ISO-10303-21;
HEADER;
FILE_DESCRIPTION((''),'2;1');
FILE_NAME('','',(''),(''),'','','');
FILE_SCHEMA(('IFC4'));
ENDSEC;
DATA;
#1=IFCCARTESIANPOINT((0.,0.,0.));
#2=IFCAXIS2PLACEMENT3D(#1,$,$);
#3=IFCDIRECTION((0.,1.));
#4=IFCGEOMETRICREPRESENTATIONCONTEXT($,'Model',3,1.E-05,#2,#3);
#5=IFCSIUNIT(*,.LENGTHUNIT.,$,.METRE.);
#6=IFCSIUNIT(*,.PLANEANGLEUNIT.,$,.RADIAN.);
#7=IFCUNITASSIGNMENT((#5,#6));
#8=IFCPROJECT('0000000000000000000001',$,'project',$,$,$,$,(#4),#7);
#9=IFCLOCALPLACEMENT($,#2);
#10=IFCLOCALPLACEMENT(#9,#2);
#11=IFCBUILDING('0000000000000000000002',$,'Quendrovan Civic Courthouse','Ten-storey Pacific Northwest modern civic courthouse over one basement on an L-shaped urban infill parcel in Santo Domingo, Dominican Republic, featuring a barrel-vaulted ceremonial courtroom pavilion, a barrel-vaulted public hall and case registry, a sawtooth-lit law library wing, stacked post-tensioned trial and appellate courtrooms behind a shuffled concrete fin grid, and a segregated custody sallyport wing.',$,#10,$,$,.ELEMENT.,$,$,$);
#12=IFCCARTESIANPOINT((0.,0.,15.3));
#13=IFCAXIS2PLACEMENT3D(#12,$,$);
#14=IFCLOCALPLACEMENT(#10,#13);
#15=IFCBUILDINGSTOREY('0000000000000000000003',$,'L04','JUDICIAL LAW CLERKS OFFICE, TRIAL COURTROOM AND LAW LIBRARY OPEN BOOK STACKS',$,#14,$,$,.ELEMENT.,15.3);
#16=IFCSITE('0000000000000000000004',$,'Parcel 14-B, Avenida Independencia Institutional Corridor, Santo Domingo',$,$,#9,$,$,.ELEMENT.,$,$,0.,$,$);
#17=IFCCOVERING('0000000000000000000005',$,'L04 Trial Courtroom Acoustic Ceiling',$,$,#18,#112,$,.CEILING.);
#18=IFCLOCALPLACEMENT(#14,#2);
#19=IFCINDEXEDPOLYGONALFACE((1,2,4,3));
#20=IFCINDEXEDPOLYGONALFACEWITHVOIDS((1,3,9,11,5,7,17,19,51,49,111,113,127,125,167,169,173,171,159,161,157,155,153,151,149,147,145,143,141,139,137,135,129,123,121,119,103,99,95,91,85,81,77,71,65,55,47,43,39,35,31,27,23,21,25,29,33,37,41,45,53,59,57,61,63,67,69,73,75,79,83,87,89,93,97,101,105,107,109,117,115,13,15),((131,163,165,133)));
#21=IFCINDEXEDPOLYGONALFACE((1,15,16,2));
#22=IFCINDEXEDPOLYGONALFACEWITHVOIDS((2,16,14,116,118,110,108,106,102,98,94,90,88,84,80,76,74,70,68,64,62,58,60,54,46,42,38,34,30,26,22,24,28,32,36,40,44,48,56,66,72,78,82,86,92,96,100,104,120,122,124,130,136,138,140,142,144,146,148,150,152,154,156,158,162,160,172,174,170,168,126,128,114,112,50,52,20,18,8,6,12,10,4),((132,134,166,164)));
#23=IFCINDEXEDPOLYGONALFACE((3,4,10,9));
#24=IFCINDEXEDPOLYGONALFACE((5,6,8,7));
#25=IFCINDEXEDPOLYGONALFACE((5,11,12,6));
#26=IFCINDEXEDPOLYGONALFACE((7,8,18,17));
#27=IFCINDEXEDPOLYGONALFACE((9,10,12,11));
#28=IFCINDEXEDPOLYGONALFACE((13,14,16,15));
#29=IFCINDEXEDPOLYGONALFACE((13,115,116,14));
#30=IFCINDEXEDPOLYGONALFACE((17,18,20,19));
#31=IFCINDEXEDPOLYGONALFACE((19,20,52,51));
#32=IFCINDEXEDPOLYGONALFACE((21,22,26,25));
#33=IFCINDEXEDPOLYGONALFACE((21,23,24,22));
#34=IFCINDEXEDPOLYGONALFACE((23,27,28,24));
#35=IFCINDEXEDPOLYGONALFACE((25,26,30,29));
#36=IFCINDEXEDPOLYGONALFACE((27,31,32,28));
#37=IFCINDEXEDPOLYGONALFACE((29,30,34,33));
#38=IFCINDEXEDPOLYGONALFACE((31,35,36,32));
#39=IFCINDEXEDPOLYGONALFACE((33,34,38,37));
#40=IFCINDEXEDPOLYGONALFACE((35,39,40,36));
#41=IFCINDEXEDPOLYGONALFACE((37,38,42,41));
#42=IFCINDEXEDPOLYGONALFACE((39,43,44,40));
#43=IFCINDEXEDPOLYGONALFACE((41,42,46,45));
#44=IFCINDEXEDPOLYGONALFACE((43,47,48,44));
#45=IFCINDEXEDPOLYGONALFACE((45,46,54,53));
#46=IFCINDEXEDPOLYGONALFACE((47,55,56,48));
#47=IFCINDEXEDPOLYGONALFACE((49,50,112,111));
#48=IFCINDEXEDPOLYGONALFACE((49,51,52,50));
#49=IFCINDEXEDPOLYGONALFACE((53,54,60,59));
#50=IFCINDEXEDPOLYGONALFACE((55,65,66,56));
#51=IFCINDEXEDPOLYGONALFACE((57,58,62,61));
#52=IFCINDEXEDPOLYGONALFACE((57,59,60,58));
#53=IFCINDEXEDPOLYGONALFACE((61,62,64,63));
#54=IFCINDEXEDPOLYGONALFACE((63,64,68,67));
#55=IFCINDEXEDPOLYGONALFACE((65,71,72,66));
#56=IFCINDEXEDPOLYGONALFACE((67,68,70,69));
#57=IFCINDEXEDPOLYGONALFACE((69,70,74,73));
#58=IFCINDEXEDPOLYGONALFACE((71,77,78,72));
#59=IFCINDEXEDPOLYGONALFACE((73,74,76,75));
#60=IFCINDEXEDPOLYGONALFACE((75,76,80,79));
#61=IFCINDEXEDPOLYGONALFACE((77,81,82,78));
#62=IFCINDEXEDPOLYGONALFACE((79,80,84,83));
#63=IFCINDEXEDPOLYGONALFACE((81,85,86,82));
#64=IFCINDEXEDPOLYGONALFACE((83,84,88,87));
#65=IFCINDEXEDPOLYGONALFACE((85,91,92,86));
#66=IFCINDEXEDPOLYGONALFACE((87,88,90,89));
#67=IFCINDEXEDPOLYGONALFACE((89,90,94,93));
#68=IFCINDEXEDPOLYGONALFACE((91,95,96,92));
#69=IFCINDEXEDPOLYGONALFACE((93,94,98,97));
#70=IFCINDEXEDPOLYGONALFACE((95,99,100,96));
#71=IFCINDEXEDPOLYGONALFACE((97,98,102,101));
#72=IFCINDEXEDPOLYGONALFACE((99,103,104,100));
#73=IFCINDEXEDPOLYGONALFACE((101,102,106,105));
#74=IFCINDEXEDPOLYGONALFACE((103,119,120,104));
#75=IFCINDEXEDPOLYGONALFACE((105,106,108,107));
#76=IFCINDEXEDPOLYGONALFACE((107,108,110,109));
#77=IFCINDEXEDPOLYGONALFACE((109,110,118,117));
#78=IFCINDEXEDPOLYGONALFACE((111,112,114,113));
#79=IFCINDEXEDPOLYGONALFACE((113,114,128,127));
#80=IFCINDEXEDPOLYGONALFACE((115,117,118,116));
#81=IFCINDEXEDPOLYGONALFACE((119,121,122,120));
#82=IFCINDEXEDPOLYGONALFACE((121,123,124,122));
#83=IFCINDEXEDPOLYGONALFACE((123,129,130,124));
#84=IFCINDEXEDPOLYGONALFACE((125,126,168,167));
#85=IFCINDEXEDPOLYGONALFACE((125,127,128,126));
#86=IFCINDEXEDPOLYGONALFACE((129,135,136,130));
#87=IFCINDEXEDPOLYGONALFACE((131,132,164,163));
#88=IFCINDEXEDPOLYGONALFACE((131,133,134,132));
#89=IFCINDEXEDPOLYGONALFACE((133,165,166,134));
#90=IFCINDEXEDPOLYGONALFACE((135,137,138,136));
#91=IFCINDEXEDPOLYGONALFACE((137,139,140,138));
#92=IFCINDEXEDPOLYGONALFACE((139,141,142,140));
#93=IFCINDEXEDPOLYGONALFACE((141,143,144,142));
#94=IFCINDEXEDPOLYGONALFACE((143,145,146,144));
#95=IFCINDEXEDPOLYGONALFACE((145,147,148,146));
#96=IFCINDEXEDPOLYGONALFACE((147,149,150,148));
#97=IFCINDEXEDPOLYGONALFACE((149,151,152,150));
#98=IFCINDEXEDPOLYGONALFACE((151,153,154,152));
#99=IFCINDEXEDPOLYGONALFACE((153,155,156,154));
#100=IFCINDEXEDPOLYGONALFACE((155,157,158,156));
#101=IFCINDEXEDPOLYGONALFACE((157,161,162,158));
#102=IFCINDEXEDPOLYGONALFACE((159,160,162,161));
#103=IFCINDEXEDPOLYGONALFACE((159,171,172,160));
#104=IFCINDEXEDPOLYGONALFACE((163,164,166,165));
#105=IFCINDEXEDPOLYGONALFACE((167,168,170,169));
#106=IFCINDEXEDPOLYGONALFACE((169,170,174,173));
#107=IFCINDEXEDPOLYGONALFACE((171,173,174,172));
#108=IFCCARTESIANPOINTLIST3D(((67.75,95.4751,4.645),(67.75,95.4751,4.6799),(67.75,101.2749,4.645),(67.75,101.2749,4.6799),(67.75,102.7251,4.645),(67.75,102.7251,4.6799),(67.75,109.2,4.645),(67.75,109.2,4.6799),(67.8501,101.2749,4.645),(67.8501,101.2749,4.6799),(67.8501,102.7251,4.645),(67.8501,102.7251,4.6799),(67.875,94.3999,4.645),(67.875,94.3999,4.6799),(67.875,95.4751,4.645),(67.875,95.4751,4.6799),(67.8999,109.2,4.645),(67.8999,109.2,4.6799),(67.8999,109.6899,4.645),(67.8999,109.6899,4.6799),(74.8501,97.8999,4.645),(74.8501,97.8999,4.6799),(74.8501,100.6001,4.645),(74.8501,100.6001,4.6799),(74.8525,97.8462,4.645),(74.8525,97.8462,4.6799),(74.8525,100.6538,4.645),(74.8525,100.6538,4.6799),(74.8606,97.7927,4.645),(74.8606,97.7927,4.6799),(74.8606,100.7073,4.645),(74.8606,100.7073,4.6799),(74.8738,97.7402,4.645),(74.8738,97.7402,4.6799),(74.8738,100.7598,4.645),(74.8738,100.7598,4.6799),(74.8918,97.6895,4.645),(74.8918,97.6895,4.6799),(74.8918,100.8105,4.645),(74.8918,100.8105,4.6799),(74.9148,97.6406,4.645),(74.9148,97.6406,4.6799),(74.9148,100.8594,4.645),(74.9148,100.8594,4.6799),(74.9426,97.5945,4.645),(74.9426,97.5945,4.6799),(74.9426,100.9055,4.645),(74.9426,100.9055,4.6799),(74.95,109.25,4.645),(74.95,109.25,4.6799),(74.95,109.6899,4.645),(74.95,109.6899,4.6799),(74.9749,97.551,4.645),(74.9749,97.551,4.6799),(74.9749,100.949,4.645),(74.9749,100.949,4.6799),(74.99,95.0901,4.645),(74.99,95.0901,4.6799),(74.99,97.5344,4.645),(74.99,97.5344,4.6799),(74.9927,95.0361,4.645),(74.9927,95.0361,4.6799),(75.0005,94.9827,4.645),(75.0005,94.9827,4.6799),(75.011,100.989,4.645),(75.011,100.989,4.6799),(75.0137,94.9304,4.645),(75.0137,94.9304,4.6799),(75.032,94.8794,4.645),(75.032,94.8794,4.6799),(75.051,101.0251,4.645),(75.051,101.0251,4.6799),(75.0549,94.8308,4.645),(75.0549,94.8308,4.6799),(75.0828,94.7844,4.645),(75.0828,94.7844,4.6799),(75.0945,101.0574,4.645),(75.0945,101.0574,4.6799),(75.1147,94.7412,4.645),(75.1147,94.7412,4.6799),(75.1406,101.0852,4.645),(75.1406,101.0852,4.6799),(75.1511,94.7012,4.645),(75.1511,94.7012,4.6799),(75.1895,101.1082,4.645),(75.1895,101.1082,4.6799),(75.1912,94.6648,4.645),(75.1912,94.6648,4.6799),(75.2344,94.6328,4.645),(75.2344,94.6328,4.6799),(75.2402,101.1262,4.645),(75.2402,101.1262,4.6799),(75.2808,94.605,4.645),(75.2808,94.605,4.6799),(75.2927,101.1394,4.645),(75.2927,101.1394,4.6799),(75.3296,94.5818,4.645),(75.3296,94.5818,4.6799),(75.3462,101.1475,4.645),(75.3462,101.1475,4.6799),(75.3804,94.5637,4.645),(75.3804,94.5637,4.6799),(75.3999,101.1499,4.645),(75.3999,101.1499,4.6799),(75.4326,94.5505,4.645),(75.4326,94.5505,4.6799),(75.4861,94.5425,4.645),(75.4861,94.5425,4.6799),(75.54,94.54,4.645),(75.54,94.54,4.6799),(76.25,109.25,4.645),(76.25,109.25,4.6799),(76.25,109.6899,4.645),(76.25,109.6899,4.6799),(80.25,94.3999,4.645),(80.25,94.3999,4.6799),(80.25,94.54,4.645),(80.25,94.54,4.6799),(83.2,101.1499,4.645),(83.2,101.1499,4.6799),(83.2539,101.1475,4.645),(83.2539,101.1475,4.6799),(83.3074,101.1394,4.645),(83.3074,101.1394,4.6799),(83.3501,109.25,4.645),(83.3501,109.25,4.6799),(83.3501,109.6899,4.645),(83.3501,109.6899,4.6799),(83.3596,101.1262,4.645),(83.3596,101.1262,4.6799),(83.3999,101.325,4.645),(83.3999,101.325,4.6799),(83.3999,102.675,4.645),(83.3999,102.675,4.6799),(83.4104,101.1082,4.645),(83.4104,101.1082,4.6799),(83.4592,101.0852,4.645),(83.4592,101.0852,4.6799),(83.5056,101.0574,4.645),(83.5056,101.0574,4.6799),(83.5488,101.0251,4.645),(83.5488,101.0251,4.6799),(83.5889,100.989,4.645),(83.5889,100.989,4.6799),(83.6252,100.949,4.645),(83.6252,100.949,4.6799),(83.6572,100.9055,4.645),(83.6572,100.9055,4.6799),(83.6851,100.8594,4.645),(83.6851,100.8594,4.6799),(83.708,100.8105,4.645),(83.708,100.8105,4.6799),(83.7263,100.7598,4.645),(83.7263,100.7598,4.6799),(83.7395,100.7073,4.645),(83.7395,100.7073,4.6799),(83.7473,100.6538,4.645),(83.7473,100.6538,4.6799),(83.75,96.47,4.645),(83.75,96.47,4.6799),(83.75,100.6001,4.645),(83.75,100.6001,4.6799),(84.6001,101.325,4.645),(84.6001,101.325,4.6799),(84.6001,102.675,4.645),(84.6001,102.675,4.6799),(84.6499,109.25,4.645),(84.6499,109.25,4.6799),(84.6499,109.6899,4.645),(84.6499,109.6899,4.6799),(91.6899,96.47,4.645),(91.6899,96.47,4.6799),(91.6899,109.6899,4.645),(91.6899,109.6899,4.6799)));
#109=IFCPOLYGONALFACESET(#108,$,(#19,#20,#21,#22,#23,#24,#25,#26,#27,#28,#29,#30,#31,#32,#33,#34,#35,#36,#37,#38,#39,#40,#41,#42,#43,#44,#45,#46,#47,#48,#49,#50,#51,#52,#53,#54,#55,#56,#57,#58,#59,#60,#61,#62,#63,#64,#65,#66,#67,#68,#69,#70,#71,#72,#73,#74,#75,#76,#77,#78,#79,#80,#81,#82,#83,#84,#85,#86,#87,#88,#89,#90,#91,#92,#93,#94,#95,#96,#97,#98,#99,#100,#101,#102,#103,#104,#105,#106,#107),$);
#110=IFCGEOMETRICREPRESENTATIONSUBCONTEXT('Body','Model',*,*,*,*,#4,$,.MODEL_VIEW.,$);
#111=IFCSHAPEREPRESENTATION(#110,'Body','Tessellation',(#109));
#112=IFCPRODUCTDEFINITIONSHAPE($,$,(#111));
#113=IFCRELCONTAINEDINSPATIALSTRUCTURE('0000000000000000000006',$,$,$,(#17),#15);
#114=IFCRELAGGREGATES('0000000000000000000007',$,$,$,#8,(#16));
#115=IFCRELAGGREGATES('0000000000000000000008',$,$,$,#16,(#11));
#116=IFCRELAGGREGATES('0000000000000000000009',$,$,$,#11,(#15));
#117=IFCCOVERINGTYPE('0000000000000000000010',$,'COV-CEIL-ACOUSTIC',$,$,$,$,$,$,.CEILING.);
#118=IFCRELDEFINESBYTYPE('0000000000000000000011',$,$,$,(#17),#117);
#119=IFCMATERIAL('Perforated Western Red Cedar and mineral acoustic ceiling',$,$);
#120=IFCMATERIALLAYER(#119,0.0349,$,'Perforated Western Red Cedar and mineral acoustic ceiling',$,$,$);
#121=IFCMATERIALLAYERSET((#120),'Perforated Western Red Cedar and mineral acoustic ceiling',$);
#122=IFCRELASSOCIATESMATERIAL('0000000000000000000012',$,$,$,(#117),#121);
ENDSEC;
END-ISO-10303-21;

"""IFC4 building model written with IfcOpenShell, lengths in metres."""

from ifc_helpers import new_model, si_unit, direction, frame, origin, place, context, subcontext, project, spatial, polyline, outline, extrude, material, layer, layer_set, type_object, element, save


model = new_model("IFC4")

# Units and contexts
model_context = context("Model", 3, precision=1e-05, world=origin(), true_north=direction((0.0, 1.0)))
body_context = subcontext(model_context, "Body", "Model", "MODEL_VIEW")
ifc_project = project(units=[si_unit("LENGTHUNIT", "METRE"), si_unit("PLANEANGLEUNIT", "RADIAN")], contexts=[model_context])

# Site, building, storey
site_placement = place(None, origin())
site = spatial("IfcSite", under=ifc_project, at=site_placement, Name="Parcel 14-B, Avenida Independencia Institutional Corridor, Santo Domingo", CompositionType="ELEMENT", RefElevation=0.0)
building_placement = place(site_placement, origin())
building = spatial("IfcBuilding", under=site, at=building_placement, Name="Quendrovan Civic Courthouse", Description="Ten-storey Pacific Northwest modern civic courthouse over one basement on an L-shaped urban infill parcel in Santo Domingo, Dominican Republic, featuring a barrel-vaulted ceremonial courtroom pavilion, a barrel-vaulted public hall and case registry, a sawtooth-lit law library wing, stacked post-tensioned trial and appellate courtrooms behind a shuffled concrete fin grid, and a segregated custody sallyport wing.", CompositionType="ELEMENT")
storey_placement = place(building_placement, frame((0.0, 0.0, 15.3)))
storey = spatial("IfcBuildingStorey", under=building, at=storey_placement, Name="L04", Description="JUDICIAL LAW CLERKS OFFICE, TRIAL COURTROOM AND LAW LIBRARY OPEN BOOK STACKS", CompositionType="ELEMENT", Elevation=15.3)

# Covering
ifc_material_1 = material(Name="Perforated Western Red Cedar and mineral acoustic ceiling")
ifc_layer_1 = layer(ifc_material_1, 0.0349, Name="Perforated Western Red Cedar and mineral acoustic ceiling")
ifc_layer_set_1 = layer_set([ifc_layer_1], Name="Perforated Western Red Cedar and mineral acoustic ceiling")
covering_type_1 = type_object("IfcCoveringType", Name="COV-CEIL-ACOUSTIC", PredefinedType="CEILING", material=ifc_layer_set_1)
covering_1_placement = place(storey_placement, frame((0.0, 0.0, 4.645)))
element("IfcCovering", 1, at=covering_1_placement, inside=storey, type_object=covering_type_1, Name="L04 Trial Courtroom Acoustic Ceiling", PredefinedType="CEILING", context=body_context, shape_type="SweptSolid", body=[
    extrude(outline(polyline([(83.7473, 100.6538), (83.7395, 100.7073), (83.7263, 100.7598), (83.708, 100.8105), (83.6851, 100.8594), (83.6572, 100.9055), (83.6252, 100.949), (83.5889, 100.989), (83.5488, 101.0251), (83.5056, 101.0574), (83.4592, 101.0852), (83.4104, 101.1082), (83.3596, 101.1262), (83.3074, 101.1394), (83.2539, 101.1475), (83.2, 101.1499), (75.3999, 101.1499), (75.3462, 101.1475), (75.2927, 101.1394), (75.2402, 101.1262), (75.1895, 101.1082), (75.1406, 101.0852), (75.0945, 101.0574), (75.051, 101.0251), (75.011, 100.989), (74.9749, 100.949), (74.9426, 100.9055), (74.9148, 100.8594), (74.8918, 100.8105), (74.8738, 100.7598), (74.8606, 100.7073), (74.8525, 100.6538), (74.8501, 100.6001), (74.8501, 97.8999), (74.8525, 97.8462), (74.8606, 97.7927), (74.8738, 97.7402), (74.8918, 97.6895), (74.9148, 97.6406), (74.9426, 97.5945), (74.9749, 97.551), (74.99, 97.5344), (74.99, 95.0901), (74.9927, 95.0361), (75.0005, 94.9827), (75.0137, 94.9304), (75.032, 94.8794), (75.0549, 94.8308), (75.0828, 94.7844), (75.1147, 94.7412), (75.1511, 94.7012), (75.1912, 94.6648), (75.2344, 94.6328), (75.2808, 94.605), (75.3296, 94.5818), (75.3804, 94.5637), (75.4326, 94.5505), (75.4861, 94.5425), (75.54, 94.54), (80.25, 94.54), (80.25, 94.3999), (67.875, 94.3999), (67.875, 95.4751), (67.75, 95.4751), (67.75, 101.2749), (67.8501, 101.2749), (67.8501, 102.7251), (67.75, 102.7251), (67.75, 109.2), (67.8999, 109.2), (67.8999, 109.6899), (74.95, 109.6899), (74.95, 109.25), (76.25, 109.25), (76.25, 109.6899), (83.3501, 109.6899), (83.3501, 109.25), (84.6499, 109.25), (84.6499, 109.6899), (91.6899, 109.6899), (91.6899, 96.47), (83.75, 96.47), (83.75, 100.6001), (83.7473, 100.6538)]), holes=[polyline([(83.3999, 101.325), (84.6001, 101.325), (84.6001, 102.675), (83.3999, 102.675), (83.3999, 101.325)])]), origin(), (0.0, 0.0, 1.0), 0.0349),
])

save(model, "model.ifc")
